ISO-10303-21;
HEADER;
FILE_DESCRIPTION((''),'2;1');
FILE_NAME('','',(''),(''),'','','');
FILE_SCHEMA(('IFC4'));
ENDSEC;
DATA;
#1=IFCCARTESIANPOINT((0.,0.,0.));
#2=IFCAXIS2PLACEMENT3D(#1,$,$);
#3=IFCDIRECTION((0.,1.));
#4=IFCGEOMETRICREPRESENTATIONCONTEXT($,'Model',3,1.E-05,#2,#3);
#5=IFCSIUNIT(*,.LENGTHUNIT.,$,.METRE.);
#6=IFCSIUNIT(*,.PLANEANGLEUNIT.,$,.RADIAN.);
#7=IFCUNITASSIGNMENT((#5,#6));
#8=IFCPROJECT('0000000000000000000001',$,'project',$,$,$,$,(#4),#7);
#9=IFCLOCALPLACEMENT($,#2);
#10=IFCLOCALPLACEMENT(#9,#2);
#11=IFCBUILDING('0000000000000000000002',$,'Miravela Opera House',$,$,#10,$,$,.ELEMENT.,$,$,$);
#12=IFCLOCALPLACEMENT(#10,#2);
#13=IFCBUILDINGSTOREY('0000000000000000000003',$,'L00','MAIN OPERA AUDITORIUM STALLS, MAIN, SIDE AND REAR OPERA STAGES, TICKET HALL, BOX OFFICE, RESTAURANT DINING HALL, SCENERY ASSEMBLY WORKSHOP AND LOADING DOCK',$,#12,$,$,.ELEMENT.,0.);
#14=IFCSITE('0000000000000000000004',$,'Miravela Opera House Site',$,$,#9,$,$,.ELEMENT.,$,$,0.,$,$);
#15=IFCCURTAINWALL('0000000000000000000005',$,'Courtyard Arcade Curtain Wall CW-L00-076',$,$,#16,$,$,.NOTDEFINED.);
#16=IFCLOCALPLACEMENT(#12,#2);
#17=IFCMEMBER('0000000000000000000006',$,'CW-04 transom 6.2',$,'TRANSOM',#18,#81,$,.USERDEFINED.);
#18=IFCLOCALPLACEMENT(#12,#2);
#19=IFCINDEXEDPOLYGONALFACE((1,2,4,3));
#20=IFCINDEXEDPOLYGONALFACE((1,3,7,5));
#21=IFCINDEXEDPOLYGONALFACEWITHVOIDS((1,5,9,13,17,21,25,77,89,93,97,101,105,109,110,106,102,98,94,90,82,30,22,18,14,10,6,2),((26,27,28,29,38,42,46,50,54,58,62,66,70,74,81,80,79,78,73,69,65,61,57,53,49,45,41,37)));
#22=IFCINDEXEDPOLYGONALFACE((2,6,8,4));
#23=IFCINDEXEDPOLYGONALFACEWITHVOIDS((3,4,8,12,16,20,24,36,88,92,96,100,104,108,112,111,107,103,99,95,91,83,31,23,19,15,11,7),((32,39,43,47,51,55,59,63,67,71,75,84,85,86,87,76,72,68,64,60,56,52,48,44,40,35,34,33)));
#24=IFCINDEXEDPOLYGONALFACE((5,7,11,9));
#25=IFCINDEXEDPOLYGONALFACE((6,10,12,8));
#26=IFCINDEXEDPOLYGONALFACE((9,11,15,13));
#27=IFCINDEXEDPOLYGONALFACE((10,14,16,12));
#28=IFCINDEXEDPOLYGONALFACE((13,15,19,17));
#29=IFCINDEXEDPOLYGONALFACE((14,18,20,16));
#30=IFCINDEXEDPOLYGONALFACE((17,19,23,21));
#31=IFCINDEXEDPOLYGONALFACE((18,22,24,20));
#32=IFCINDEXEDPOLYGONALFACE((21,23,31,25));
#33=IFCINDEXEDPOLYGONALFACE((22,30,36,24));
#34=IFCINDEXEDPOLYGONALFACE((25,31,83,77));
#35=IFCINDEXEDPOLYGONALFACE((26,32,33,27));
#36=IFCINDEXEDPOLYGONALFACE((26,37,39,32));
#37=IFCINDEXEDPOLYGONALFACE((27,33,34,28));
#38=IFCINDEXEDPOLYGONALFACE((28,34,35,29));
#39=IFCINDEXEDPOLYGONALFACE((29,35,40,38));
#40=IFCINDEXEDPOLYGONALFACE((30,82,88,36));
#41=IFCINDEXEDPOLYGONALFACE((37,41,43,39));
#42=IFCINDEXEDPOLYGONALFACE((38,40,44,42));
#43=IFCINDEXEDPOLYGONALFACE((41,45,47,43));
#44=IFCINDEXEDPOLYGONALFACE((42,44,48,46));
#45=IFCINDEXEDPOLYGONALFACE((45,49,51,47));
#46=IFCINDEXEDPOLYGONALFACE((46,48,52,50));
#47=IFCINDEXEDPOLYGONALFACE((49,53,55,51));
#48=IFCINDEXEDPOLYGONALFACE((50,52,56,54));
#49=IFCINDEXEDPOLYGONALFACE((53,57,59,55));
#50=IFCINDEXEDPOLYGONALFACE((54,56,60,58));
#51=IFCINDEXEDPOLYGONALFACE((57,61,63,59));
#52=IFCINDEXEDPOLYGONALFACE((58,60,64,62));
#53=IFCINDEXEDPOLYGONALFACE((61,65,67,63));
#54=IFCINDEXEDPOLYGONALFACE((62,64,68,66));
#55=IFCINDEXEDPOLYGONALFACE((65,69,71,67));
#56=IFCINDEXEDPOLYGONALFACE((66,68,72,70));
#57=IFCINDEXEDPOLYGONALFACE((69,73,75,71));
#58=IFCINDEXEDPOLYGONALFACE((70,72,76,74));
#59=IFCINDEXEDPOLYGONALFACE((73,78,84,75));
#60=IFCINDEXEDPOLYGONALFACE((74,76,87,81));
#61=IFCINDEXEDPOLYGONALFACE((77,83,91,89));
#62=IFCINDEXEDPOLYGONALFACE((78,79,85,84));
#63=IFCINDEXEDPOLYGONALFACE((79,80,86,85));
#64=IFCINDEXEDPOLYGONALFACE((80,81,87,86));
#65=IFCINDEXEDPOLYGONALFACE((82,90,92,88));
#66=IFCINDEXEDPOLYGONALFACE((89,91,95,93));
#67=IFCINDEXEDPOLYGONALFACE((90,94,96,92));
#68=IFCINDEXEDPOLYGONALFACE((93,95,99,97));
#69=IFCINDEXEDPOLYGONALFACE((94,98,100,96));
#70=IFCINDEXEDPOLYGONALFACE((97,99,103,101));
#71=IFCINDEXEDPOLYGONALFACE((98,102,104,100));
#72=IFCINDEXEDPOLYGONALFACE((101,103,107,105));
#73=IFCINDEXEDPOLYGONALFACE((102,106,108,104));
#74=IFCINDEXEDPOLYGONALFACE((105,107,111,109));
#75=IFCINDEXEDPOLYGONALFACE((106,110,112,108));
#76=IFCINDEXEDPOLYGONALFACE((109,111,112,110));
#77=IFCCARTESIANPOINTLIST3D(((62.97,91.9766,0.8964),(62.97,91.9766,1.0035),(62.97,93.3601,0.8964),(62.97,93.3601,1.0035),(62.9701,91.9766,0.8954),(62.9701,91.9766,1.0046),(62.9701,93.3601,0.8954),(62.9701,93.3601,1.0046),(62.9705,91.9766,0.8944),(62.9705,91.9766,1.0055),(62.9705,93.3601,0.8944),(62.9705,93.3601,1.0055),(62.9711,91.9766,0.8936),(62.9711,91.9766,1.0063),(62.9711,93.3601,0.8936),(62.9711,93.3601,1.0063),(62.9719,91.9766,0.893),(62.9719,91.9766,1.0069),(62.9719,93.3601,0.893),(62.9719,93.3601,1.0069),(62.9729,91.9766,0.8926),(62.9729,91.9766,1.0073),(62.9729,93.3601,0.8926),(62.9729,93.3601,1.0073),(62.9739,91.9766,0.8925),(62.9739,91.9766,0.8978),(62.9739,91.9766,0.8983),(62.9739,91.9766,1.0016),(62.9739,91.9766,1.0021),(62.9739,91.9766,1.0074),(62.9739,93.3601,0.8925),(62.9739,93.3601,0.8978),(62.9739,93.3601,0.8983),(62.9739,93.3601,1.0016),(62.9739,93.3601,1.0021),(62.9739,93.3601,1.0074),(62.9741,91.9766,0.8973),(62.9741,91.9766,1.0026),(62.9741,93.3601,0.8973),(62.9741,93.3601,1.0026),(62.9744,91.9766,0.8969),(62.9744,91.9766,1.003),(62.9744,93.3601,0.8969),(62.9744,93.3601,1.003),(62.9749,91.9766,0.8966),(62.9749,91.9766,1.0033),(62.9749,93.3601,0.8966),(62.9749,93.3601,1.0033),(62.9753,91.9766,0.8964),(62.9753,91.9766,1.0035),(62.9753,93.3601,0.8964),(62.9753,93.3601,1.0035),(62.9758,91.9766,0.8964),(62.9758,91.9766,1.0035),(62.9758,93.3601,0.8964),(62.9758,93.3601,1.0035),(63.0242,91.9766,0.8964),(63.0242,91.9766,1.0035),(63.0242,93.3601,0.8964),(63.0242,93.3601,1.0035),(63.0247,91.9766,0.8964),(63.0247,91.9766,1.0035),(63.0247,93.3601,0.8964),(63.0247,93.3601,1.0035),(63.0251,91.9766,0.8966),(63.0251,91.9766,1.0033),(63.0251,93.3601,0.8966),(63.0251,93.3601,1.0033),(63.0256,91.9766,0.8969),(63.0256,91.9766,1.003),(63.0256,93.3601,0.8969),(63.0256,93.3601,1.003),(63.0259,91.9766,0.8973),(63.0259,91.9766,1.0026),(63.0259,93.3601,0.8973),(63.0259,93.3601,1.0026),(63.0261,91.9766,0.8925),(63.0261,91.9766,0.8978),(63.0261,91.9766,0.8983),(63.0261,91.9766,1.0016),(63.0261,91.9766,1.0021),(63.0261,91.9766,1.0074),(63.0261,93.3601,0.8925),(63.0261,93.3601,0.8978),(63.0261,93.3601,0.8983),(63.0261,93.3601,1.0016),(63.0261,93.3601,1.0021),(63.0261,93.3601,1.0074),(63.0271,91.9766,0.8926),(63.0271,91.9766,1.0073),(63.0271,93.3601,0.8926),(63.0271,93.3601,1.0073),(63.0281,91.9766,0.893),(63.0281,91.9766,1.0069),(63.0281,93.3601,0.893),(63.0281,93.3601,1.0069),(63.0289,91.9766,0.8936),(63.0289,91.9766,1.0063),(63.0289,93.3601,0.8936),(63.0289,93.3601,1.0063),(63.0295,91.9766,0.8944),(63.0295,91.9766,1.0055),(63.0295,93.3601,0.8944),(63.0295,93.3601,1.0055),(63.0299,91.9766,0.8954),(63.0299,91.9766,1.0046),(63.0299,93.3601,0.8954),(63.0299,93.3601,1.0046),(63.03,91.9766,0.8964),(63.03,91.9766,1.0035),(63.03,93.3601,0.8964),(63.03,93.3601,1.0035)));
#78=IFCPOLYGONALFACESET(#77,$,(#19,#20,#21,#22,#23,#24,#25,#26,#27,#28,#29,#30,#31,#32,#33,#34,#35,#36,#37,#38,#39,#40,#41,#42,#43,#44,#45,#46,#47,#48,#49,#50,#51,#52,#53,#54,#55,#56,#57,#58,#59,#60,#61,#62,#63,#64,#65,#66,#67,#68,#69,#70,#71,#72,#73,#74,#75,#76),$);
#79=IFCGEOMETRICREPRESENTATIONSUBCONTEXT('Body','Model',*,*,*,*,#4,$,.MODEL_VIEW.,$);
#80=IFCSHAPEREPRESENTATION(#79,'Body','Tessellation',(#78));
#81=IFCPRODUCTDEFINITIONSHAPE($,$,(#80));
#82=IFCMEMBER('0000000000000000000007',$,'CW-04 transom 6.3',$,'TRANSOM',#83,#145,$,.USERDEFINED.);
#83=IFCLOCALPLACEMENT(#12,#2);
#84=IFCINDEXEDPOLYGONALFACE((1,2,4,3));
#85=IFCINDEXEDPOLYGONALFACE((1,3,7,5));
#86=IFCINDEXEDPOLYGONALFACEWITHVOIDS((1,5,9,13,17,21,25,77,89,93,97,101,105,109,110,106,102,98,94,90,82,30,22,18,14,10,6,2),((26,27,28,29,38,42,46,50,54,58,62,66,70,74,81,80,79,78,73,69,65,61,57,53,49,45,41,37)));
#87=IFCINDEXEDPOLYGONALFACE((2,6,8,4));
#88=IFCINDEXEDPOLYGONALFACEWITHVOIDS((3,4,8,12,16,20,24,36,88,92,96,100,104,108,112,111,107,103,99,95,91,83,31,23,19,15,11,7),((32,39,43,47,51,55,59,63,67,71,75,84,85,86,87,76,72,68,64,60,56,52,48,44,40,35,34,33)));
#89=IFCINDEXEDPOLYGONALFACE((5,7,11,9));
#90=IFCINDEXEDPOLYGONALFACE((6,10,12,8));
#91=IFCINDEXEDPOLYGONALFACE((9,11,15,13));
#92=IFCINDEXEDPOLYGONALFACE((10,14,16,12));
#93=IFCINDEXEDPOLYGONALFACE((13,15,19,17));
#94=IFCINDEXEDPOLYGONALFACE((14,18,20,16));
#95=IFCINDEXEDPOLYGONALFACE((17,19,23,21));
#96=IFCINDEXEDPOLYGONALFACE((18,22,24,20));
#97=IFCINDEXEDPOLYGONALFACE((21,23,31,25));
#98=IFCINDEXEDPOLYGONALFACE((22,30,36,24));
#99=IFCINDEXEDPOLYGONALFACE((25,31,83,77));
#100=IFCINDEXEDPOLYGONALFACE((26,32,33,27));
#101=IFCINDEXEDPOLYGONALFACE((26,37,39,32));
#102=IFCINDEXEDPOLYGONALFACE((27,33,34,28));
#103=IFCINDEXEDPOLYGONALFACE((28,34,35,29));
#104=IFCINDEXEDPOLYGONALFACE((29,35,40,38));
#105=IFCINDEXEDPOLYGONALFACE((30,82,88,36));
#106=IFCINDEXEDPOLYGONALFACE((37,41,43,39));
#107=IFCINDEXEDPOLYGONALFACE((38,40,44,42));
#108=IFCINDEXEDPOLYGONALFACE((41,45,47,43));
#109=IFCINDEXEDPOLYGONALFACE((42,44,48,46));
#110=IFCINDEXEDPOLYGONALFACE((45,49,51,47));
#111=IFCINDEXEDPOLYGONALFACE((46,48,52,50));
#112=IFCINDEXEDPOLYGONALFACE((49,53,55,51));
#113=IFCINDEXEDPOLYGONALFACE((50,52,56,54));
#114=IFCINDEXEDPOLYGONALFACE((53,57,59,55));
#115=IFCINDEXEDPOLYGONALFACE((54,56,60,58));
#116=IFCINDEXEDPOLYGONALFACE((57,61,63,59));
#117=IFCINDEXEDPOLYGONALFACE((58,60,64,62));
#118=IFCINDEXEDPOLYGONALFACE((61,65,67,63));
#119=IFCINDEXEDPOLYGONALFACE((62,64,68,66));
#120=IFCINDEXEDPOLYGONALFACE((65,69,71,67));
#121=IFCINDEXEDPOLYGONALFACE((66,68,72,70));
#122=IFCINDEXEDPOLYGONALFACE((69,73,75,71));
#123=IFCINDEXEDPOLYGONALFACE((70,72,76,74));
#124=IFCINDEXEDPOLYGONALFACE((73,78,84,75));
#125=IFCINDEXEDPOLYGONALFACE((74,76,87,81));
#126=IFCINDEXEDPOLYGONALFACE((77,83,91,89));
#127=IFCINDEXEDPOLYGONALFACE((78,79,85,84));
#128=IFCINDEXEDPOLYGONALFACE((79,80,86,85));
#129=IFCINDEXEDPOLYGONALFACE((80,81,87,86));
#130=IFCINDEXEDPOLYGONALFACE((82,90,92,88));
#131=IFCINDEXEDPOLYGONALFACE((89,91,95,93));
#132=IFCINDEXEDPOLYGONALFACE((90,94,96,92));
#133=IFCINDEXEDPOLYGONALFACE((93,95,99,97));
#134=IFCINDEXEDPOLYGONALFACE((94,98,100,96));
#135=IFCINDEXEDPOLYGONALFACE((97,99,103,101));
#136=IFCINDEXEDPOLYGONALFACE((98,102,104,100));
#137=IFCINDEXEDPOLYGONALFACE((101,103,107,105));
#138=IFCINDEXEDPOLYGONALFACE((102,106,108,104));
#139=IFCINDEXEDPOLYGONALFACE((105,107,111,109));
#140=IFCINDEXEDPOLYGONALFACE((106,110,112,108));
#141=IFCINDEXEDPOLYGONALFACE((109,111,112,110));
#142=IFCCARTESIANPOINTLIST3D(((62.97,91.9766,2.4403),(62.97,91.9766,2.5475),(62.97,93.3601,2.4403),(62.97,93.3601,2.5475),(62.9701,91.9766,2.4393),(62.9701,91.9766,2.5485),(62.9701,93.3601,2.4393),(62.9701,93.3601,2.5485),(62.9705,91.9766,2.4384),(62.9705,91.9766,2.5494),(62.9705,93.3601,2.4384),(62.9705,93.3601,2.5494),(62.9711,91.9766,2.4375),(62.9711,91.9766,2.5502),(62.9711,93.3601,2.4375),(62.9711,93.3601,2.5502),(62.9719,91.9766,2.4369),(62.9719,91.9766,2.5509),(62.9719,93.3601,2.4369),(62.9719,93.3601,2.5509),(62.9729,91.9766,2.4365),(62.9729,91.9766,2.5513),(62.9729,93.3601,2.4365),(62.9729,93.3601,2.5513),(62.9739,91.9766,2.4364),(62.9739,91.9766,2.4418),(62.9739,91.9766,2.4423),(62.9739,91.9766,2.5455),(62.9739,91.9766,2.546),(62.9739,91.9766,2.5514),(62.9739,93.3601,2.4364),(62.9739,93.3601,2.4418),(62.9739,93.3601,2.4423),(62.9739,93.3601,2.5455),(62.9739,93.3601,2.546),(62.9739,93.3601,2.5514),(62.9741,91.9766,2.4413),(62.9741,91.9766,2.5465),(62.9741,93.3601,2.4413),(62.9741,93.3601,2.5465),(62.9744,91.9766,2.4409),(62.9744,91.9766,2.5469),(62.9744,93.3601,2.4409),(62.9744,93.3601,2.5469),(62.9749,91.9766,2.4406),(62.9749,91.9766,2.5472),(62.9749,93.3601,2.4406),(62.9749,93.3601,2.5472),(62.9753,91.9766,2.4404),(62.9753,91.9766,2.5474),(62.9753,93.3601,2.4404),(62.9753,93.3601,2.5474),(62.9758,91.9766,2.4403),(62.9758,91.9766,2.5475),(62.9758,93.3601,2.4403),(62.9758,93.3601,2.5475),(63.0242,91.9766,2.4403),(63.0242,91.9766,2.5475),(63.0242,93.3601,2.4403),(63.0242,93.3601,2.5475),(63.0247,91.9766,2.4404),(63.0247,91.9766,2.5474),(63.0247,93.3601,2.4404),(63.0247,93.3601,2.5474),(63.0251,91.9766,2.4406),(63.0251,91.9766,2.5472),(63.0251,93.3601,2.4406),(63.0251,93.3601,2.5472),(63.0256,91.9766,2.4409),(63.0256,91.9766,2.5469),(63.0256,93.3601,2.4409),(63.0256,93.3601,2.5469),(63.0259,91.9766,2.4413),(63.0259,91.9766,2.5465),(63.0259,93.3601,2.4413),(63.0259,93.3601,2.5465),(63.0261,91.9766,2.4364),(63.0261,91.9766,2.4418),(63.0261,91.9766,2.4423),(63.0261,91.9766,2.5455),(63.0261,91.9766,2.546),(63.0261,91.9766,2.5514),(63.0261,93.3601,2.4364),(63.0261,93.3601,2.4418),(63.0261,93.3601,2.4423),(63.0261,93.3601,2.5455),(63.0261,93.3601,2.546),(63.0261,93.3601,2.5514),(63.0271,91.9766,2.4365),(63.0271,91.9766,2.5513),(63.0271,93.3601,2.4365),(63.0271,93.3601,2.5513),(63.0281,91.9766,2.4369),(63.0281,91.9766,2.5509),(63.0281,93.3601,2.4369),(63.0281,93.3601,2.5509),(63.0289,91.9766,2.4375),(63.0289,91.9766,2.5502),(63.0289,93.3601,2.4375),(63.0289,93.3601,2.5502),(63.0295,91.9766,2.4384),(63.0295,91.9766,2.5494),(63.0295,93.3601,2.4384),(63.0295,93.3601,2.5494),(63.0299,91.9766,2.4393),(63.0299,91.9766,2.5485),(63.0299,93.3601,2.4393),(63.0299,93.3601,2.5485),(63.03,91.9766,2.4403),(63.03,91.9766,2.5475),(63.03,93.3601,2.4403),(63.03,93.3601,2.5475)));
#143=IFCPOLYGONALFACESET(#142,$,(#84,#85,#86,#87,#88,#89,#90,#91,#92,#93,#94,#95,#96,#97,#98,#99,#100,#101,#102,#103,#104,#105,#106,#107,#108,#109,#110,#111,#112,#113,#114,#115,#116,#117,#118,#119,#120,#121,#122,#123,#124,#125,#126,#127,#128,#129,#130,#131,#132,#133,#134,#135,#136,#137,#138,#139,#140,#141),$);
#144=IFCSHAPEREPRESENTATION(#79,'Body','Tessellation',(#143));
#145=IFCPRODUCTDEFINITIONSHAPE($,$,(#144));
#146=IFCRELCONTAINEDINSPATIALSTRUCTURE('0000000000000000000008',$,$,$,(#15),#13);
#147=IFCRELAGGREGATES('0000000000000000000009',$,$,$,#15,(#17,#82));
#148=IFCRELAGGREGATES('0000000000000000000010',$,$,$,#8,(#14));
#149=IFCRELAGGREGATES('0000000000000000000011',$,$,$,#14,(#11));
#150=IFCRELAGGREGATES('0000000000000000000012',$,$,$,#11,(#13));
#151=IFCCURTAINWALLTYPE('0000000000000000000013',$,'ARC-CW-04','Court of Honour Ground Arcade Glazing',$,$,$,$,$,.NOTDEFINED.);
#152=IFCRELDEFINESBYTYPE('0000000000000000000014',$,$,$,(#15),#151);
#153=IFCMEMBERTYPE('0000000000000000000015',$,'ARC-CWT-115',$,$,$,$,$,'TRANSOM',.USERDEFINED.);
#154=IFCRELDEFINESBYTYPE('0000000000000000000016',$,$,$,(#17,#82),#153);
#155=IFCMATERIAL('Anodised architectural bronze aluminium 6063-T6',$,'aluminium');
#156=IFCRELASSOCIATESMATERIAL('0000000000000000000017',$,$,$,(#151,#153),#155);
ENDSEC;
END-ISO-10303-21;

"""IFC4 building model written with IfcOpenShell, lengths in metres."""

from ifc_helpers import new_model, si_unit, direction, frame, origin, origin_2d, place, context, subcontext, project, spatial, hollow_rectangle, extrude, material, material_profile, profile_set, type_object, element, aggregate, save


model = new_model("IFC4")

# Units and contexts
model_context = context("Model", 3, precision=1e-05, world=origin(), true_north=direction((0.0, 1.0)))
body_context = subcontext(model_context, "Body", "Model", "MODEL_VIEW")
ifc_project = project(units=[si_unit("LENGTHUNIT", "METRE"), si_unit("PLANEANGLEUNIT", "RADIAN")], contexts=[model_context])

# Site, building, storey
site_placement = place(None, origin())
site = spatial("IfcSite", under=ifc_project, at=site_placement, Name="Miravela Opera House Site", CompositionType="ELEMENT", RefElevation=0.0)
building_placement = place(site_placement, origin())
building = spatial("IfcBuilding", under=site, at=building_placement, Name="Miravela Opera House", CompositionType="ELEMENT")
storey_placement = place(building_placement, origin())
storey = spatial("IfcBuildingStorey", under=building, at=storey_placement, Name="L00", Description="MAIN OPERA AUDITORIUM STALLS, MAIN, SIDE AND REAR OPERA STAGES, TICKET HALL, BOX OFFICE, RESTAURANT DINING HALL, SCENERY ASSEMBLY WORKSHOP AND LOADING DOCK", CompositionType="ELEMENT", Elevation=0.0)

# Curtain wall
ifc_material_1 = material(Name="Anodised architectural bronze aluminium 6063-T6", Category="aluminium")
curtain_wall_type = type_object("IfcCurtainWallType", Name="ARC-CW-04", Description="Court of Honour Ground Arcade Glazing", PredefinedType="NOTDEFINED", material=ifc_material_1)
curtain_wall_1_placement = place(storey_placement, origin())
curtain_wall_1 = element("IfcCurtainWall", 1, at=curtain_wall_1_placement, inside=storey, type_object=curtain_wall_type, Name="Courtyard Arcade Curtain Wall CW-L00-076", PredefinedType="NOTDEFINED")

# Shared definitions
ifc_material_profile_1 = material_profile(ifc_material_1, hollow_rectangle(XDim=0.0601, YDim=0.115, WallThickness=0.0039, InnerFilletRadius=0.002, OuterFilletRadius=0.0039, at=origin_2d()), Name="CWT-60X115")
ifc_profile_set_1 = profile_set([ifc_material_profile_1])
member_type_1 = type_object("IfcMemberType", Name="ARC-CWT-115", ElementType="TRANSOM", PredefinedType="USERDEFINED", material=ifc_profile_set_1)

# Members
member_1_placement = place(storey_placement, frame((63.0, 91.9766, 0.95), z_axis=(0.0, 1.0, 0.0), x_axis=(-1.0, 0.0, 0.0)))
member_1 = element("IfcMember", 2, at=member_1_placement, type_object=member_type_1, Name="CW-04 transom 6.2", ObjectType="TRANSOM", PredefinedType="USERDEFINED", context=body_context, shape_type="SweptSolid", body=[
    extrude(hollow_rectangle(XDim=0.0601, YDim=0.115, WallThickness=0.0039, InnerFilletRadius=0.002, OuterFilletRadius=0.0039, at=origin_2d()), origin(), (0.0, 0.0, 1.0), 1.3835),
])
member_2_placement = place(storey_placement, frame((63.0, 91.9766, 2.4939), z_axis=(0.0, 1.0, 0.0), x_axis=(-1.0, 0.0, 0.0)))
member_2 = element("IfcMember", 3, at=member_2_placement, type_object=member_type_1, Name="CW-04 transom 6.3", ObjectType="TRANSOM", PredefinedType="USERDEFINED", context=body_context, shape_type="SweptSolid", body=[
    extrude(hollow_rectangle(XDim=0.0601, YDim=0.115, WallThickness=0.0039, InnerFilletRadius=0.002, OuterFilletRadius=0.0039, at=origin_2d()), origin(), (0.0, 0.0, 1.0), 1.3835),
])

aggregate(curtain_wall_1, [member_1, member_2])

save(model, "model.ifc")
